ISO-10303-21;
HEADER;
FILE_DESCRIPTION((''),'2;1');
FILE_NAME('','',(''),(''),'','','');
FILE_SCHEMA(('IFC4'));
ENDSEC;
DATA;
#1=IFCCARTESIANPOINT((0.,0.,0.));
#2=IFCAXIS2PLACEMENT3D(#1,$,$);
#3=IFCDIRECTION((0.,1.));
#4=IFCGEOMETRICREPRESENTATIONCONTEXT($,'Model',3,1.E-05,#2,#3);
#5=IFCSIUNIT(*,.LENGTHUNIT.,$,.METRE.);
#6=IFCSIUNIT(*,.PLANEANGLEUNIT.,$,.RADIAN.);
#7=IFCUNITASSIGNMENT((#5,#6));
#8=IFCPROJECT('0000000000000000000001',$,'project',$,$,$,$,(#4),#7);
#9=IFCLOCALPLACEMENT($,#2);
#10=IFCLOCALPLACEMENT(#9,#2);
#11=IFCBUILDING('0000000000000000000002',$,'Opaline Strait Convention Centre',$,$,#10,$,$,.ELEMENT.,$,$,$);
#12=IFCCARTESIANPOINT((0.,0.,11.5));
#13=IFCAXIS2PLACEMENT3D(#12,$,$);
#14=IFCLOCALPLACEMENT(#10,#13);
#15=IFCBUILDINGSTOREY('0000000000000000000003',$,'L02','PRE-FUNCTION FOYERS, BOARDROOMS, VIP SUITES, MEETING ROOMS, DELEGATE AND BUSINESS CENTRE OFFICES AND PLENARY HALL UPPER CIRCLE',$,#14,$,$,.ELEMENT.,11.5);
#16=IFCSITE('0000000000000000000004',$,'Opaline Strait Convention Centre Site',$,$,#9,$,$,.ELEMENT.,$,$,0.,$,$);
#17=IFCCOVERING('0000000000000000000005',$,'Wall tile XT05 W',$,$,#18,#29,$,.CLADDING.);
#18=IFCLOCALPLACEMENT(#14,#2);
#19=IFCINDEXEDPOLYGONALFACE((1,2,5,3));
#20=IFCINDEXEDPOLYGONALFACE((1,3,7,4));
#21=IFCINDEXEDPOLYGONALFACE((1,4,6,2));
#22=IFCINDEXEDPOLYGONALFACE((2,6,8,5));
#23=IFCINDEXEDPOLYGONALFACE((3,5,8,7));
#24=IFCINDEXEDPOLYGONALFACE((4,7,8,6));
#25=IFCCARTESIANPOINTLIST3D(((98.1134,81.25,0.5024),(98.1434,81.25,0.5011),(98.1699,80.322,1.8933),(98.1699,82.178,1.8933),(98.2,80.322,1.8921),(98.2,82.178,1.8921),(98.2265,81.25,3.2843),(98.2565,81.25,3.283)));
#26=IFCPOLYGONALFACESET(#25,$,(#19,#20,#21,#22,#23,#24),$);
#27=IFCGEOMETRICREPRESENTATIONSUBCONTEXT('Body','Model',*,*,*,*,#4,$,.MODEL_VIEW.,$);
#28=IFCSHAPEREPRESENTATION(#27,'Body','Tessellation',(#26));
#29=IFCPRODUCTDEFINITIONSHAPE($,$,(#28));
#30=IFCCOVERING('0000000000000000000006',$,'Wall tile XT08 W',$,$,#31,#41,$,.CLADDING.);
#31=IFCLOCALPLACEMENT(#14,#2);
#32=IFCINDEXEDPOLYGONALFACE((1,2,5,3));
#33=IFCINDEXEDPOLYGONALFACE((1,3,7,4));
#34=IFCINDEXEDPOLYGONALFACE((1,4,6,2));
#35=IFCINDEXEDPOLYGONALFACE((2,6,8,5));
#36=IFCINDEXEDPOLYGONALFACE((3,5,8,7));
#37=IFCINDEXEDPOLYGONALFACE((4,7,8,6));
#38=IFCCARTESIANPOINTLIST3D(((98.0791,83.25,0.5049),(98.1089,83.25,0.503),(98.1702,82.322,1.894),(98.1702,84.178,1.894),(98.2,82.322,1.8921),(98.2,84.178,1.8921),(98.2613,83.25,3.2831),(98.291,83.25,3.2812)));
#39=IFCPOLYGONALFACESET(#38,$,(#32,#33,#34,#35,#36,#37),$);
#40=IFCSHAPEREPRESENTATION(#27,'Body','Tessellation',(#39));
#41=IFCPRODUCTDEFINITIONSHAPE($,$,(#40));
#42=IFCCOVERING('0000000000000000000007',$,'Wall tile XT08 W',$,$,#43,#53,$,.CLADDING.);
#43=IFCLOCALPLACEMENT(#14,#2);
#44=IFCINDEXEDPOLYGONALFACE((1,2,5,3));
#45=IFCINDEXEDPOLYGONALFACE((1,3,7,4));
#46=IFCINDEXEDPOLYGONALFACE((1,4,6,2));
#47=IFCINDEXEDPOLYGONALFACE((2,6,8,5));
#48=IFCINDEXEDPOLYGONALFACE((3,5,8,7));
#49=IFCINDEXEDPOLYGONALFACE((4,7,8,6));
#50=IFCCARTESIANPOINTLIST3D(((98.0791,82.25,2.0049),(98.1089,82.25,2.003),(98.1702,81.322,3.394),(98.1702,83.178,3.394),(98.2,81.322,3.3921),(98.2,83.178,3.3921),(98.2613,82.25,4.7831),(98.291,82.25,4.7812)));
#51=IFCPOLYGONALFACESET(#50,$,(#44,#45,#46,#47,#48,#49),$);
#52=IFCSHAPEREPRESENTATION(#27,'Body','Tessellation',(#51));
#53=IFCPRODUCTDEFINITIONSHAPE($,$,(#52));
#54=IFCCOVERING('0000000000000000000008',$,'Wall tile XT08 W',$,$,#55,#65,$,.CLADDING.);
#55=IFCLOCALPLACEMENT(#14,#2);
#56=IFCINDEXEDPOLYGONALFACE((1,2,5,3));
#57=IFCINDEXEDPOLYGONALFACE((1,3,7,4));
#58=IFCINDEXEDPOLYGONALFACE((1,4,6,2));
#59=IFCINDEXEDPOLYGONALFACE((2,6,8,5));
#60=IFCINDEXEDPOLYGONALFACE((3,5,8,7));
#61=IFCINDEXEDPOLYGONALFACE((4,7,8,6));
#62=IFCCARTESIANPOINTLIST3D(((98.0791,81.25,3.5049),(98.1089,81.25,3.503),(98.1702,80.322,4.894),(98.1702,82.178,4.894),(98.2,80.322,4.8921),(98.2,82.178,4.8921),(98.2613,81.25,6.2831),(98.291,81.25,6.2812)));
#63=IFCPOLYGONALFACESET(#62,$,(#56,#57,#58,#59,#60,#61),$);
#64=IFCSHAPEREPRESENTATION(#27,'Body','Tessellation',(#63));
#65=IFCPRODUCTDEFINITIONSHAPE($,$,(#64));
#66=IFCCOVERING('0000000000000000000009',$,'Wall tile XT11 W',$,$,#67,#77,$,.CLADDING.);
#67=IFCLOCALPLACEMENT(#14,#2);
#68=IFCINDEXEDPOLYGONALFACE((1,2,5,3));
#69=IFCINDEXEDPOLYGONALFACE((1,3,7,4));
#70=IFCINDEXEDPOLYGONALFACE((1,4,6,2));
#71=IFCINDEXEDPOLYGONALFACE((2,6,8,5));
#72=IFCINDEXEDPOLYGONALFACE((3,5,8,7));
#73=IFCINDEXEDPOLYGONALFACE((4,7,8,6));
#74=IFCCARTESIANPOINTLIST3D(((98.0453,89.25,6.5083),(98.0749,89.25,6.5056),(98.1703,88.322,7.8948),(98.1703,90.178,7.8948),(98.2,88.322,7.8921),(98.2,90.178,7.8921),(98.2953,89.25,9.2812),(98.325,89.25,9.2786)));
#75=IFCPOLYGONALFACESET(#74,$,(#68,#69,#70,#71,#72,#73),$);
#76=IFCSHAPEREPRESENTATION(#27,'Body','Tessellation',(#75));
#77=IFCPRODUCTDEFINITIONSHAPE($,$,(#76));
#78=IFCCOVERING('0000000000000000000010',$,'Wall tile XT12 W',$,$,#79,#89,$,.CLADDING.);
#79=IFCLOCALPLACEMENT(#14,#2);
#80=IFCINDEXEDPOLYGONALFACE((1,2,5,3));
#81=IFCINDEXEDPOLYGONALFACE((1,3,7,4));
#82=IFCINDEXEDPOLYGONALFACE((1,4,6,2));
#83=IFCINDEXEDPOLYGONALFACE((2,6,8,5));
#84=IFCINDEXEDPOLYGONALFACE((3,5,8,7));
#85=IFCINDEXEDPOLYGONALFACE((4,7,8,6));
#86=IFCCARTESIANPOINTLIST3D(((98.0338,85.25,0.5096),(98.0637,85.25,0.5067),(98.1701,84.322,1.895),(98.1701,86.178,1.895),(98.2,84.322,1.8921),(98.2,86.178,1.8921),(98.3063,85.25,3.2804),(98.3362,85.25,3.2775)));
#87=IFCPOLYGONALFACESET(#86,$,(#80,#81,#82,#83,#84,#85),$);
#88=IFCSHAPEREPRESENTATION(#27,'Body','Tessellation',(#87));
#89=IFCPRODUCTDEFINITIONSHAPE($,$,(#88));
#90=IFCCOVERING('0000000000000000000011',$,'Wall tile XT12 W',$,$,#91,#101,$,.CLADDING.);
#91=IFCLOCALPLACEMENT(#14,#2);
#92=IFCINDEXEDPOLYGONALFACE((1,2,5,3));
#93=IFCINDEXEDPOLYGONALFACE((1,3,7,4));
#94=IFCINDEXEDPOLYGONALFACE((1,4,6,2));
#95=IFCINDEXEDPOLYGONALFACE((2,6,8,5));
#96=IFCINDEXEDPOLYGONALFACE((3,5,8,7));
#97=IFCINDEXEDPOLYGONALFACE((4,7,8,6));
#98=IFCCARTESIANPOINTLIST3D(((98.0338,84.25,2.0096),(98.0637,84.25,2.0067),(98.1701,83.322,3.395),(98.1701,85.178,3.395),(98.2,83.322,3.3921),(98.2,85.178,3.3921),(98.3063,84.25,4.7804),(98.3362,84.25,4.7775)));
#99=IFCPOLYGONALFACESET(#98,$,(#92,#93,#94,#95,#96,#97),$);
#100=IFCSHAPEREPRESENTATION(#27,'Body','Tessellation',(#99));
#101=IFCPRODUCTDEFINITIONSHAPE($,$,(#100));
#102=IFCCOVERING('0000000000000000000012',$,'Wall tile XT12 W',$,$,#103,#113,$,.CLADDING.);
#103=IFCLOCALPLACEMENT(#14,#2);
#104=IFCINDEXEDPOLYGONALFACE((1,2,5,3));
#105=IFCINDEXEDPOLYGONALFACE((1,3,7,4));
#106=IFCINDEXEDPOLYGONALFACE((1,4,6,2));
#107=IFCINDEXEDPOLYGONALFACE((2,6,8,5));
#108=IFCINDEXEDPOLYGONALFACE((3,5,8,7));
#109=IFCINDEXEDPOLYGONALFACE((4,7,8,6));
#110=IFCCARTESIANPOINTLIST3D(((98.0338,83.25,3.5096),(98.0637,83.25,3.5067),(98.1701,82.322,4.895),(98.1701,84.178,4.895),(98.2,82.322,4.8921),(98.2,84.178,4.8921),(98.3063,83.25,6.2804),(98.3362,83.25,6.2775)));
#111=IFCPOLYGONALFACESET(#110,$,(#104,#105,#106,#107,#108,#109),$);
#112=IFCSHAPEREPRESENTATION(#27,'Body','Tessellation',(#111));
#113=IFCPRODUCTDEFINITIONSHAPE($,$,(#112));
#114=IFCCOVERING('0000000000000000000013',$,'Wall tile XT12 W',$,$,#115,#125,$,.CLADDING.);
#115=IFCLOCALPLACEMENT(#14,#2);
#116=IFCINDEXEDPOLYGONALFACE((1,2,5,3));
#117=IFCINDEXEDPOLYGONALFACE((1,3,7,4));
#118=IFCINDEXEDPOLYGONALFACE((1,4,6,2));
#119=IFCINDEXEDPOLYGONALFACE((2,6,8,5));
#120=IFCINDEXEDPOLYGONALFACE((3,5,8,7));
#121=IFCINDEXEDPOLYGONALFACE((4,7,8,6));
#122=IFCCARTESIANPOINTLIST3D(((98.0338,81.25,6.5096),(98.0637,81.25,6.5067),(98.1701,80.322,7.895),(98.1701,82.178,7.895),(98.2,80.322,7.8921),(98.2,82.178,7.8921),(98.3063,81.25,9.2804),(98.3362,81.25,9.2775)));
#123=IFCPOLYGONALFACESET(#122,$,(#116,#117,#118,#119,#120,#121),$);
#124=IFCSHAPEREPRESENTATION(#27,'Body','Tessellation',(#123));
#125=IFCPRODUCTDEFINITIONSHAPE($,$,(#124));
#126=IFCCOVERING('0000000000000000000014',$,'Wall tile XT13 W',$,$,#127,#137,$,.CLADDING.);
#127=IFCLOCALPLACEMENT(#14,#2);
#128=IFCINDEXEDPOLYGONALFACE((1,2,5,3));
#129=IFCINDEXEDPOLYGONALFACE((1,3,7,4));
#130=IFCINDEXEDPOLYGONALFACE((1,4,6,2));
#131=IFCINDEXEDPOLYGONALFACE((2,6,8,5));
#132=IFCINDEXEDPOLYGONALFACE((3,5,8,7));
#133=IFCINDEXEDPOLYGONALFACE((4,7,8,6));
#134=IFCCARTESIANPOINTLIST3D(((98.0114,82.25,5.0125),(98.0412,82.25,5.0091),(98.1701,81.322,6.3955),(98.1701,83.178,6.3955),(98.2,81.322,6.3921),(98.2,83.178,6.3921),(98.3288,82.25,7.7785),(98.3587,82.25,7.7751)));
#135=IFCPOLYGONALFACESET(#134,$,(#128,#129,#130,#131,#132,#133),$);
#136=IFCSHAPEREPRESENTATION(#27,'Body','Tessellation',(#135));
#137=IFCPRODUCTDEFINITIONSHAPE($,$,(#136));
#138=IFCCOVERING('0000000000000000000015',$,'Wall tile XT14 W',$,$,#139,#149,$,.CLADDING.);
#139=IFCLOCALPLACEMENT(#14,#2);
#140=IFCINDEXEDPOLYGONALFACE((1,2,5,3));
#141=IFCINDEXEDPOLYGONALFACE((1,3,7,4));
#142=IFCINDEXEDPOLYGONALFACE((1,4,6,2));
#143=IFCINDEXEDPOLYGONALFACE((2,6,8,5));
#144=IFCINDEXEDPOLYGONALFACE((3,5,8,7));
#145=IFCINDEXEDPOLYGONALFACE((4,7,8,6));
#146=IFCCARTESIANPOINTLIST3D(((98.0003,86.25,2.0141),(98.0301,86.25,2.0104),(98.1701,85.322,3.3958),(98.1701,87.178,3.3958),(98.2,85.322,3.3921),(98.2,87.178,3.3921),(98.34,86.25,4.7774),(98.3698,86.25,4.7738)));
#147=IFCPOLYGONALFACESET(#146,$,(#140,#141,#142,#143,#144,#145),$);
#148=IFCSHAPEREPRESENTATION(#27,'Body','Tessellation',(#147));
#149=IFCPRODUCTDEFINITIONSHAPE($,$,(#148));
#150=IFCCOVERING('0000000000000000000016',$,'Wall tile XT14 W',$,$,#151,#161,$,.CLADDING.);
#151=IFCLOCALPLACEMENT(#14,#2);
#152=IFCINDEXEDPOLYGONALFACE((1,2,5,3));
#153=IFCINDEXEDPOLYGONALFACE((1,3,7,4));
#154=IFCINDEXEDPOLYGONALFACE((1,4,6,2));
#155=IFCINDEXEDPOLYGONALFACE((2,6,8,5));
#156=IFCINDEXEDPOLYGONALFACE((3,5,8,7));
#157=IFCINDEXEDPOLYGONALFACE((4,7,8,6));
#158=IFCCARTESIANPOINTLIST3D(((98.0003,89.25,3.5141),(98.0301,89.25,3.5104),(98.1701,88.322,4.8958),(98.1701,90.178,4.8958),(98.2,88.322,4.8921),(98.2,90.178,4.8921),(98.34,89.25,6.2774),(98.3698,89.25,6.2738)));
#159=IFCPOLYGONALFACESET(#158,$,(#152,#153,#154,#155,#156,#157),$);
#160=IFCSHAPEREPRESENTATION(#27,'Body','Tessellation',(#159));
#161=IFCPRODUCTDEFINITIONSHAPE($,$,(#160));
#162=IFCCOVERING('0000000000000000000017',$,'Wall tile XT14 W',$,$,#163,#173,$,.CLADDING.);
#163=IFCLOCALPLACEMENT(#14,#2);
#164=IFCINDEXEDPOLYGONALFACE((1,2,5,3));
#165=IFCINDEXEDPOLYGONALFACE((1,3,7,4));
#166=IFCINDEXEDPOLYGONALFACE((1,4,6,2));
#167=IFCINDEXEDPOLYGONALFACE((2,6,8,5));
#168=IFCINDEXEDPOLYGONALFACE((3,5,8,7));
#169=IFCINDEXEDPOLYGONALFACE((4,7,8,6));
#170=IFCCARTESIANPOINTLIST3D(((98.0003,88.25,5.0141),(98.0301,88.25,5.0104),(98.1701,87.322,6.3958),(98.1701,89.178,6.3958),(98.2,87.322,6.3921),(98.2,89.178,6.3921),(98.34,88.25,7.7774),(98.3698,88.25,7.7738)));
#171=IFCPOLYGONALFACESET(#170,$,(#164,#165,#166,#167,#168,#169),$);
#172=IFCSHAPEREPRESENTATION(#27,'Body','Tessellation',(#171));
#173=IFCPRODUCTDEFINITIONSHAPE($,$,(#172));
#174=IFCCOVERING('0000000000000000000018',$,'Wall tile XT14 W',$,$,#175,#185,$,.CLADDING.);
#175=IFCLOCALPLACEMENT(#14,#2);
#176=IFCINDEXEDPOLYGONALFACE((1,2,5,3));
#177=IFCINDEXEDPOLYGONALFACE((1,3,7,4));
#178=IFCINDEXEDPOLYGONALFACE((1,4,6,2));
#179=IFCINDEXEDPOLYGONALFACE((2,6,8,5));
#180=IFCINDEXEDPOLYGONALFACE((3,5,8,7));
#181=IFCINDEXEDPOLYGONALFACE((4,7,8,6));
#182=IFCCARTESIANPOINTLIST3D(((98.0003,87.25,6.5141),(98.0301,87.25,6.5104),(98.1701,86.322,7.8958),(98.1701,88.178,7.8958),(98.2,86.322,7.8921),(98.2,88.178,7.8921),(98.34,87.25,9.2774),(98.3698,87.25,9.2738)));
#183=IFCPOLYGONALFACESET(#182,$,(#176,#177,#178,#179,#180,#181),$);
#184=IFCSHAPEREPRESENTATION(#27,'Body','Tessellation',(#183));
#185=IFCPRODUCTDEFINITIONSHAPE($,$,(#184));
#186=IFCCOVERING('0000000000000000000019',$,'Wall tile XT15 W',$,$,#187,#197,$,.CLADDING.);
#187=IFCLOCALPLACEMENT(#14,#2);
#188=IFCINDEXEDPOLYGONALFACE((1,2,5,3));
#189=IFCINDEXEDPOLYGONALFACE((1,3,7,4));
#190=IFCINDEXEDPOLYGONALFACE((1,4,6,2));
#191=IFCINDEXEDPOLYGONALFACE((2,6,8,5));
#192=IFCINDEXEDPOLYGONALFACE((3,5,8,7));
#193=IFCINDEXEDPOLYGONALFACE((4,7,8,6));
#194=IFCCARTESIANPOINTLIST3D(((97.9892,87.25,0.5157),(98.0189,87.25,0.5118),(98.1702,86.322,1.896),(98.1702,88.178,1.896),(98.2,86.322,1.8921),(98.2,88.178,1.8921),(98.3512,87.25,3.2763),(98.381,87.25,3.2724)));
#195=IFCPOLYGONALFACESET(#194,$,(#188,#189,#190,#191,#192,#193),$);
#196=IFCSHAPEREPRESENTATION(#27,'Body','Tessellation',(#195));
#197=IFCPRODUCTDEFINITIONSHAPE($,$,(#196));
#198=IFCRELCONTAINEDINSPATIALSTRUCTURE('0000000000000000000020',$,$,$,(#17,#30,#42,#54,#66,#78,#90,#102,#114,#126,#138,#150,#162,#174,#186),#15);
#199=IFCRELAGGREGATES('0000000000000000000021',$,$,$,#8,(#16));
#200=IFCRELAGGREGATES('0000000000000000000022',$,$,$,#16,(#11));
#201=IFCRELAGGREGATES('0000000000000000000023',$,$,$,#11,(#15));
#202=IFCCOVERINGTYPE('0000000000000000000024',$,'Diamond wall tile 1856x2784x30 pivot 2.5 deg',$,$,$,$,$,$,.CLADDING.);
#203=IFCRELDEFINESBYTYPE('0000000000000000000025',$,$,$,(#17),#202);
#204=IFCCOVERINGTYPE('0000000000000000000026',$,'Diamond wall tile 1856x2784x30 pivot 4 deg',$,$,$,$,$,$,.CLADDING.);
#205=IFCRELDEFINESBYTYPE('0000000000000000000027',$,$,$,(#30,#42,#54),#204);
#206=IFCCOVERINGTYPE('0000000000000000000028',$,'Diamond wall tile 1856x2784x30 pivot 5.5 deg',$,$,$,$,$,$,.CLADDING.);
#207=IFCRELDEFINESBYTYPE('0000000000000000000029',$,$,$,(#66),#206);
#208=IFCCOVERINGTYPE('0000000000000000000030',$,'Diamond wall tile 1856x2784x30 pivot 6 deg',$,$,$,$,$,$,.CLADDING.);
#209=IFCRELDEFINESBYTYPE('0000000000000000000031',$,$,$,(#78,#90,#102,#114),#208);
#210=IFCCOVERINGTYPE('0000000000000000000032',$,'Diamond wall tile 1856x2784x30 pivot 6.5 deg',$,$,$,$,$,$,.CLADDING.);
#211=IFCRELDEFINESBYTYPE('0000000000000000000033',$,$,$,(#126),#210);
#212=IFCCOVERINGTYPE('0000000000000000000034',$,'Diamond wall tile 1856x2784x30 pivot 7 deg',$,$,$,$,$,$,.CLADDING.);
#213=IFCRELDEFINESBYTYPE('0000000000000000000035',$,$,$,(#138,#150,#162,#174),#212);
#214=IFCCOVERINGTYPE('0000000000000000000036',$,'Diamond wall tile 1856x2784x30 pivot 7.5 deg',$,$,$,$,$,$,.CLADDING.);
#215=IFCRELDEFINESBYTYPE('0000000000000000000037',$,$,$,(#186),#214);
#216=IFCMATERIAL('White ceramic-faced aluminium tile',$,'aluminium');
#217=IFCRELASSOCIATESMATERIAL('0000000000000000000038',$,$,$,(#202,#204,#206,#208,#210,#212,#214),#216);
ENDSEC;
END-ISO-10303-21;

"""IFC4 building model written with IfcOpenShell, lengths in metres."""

from ifc_helpers import new_model, si_unit, direction, frame, origin, place, context, subcontext, project, spatial, polyline, outline, extrude, material, material_profile, profile_set, type_object, element, save


model = new_model("IFC4")

# Units and contexts
model_context = context("Model", 3, precision=1e-05, world=origin(), true_north=direction((0.0, 1.0)))
body_context = subcontext(model_context, "Body", "Model", "MODEL_VIEW")
ifc_project = project(units=[si_unit("LENGTHUNIT", "METRE"), si_unit("PLANEANGLEUNIT", "RADIAN")], contexts=[model_context])

# Site, building, storey
site_placement = place(None, origin())
site = spatial("IfcSite", under=ifc_project, at=site_placement, Name="Opaline Strait Convention Centre Site", CompositionType="ELEMENT", RefElevation=0.0)
building_placement = place(site_placement, origin())
building = spatial("IfcBuilding", under=site, at=building_placement, Name="Opaline Strait Convention Centre", CompositionType="ELEMENT")
storey_placement = place(building_placement, frame((0.0, 0.0, 11.5)))
storey = spatial("IfcBuildingStorey", under=building, at=storey_placement, Name="L02", Description="PRE-FUNCTION FOYERS, BOARDROOMS, VIP SUITES, MEETING ROOMS, DELEGATE AND BUSINESS CENTRE OFFICES AND PLENARY HALL UPPER CIRCLE", CompositionType="ELEMENT", Elevation=11.5)

# Coverings
ifc_material = material(Name="White ceramic-faced aluminium tile", Category="aluminium")
ifc_material_profile_1 = material_profile(ifc_material, outline(polyline([(0.928, 0.0), (0.0, 1.3921), (-0.928, 0.0), (0.0, -1.3921), (0.928, 0.0)])), Name="Diamond tile 1856x2784")
ifc_profile_set_1 = profile_set([ifc_material_profile_1], Name="White ceramic-faced aluminium tile")
covering_type_1 = type_object("IfcCoveringType", Name="Diamond wall tile 1856x2784x30 pivot 2.5 deg", PredefinedType="CLADDING", material=ifc_profile_set_1)
covering_1_placement = place(storey_placement, frame((98.2, 81.25, 1.8921), z_axis=(-0.999175, 0.0, 0.040617), x_axis=(0.0, -1.0, 0.0)))
element("IfcCovering", 1, at=covering_1_placement, inside=storey, type_object=covering_type_1, Name="Wall tile XT05 W", PredefinedType="CLADDING", context=body_context, shape_type="SweptSolid", body=[
    extrude(outline(polyline([(0.928, 0.0), (0.0, 1.3921), (-0.928, 0.0), (0.0, -1.3921), (0.928, 0.0)])), origin(), (0.0, 0.0, 1.0), 0.03),
])
ifc_material_profile_2 = material_profile(ifc_material, outline(polyline([(0.928, 0.0), (0.0, 1.3921), (-0.928, 0.0), (0.0, -1.3921), (0.928, 0.0)])), Name="Diamond tile 1856x2784")
ifc_profile_set_2 = profile_set([ifc_material_profile_2], Name="White ceramic-faced aluminium tile")
covering_type_2 = type_object("IfcCoveringType", Name="Diamond wall tile 1856x2784x30 pivot 4 deg", PredefinedType="CLADDING", material=ifc_profile_set_2)
for number, where, z_axis, x_axis, name in (
    (2, (98.2, 83.25, 1.8921), (-0.997857, 0.0, 0.065433), (0.0, -1.0, 0.0), "Wall tile XT08 W"),
    (3, (98.2, 82.25, 3.3921), (-0.997857, 0.0, 0.065433), (0.0, -1.0, 0.0), "Wall tile XT08 W"),
    (4, (98.2, 81.25, 4.8921), (-0.997857, 0.0, 0.065433), (0.0, -1.0, 0.0), "Wall tile XT08 W"),
):
    element("IfcCovering", number, at=place(storey_placement, frame(where, z_axis=z_axis, x_axis=x_axis)), inside=storey, type_object=covering_type_2, Name=name, PredefinedType="CLADDING", context=body_context, shape_type="SweptSolid", body=[
        extrude(outline(polyline([(0.928, 0.0), (0.0, 1.3921), (-0.928, 0.0), (0.0, -1.3921), (0.928, 0.0)])), origin(), (0.0, 0.0, 1.0), 0.0298),
    ])
ifc_material_profile_3 = material_profile(ifc_material, outline(polyline([(0.928, 0.0), (0.0, 1.3921), (-0.928, 0.0), (0.0, -1.3921), (0.928, 0.0)])), Name="Diamond tile 1856x2784")
ifc_profile_set_3 = profile_set([ifc_material_profile_3], Name="White ceramic-faced aluminium tile")
covering_type_3 = type_object("IfcCoveringType", Name="Diamond wall tile 1856x2784x30 pivot 5.5 deg", PredefinedType="CLADDING", material=ifc_profile_set_3)
covering_2_placement = place(storey_placement, frame((98.2, 89.25, 7.8921), z_axis=(-0.99596, 0.0, 0.0898), x_axis=(0.0, -1.0, 0.0)))
element("IfcCovering", 5, at=covering_2_placement, inside=storey, type_object=covering_type_3, Name="Wall tile XT11 W", PredefinedType="CLADDING", context=body_context, shape_type="SweptSolid", body=[
    extrude(outline(polyline([(0.928, 0.0), (0.0, 1.3921), (-0.928, 0.0), (0.0, -1.3921), (0.928, 0.0)])), origin(), (0.0, 0.0, 1.0), 0.0298),
])
ifc_material_profile_4 = material_profile(ifc_material, outline(polyline([(0.928, 0.0), (0.0, 1.3921), (-0.928, 0.0), (0.0, -1.3921), (0.928, 0.0)])), Name="Diamond tile 1856x2784")
ifc_profile_set_4 = profile_set([ifc_material_profile_4], Name="White ceramic-faced aluminium tile")
covering_type_4 = type_object("IfcCoveringType", Name="Diamond wall tile 1856x2784x30 pivot 6 deg", PredefinedType="CLADDING", material=ifc_profile_set_4)
for number, where, z_axis, x_axis, name in (
    (6, (98.2, 85.25, 1.8921), (-0.995197, 0.0, 0.097888), (0.0, -1.0, 0.0), "Wall tile XT12 W"),
    (7, (98.2, 84.25, 3.3921), (-0.995197, 0.0, 0.097888), (0.0, -1.0, 0.0), "Wall tile XT12 W"),
    (8, (98.2, 83.25, 4.8921), (-0.995197, 0.0, 0.097888), (0.0, -1.0, 0.0), "Wall tile XT12 W"),
    (9, (98.2, 81.25, 7.8921), (-0.995197, 0.0, 0.097888), (0.0, -1.0, 0.0), "Wall tile XT12 W"),
):
    element("IfcCovering", number, at=place(storey_placement, frame(where, z_axis=z_axis, x_axis=x_axis)), inside=storey, type_object=covering_type_4, Name=name, PredefinedType="CLADDING", context=body_context, shape_type="SweptSolid", body=[
        extrude(outline(polyline([(0.928, 0.0), (0.0, 1.3921), (-0.928, 0.0), (0.0, -1.3921), (0.928, 0.0)])), origin(), (0.0, 0.0, 1.0), 0.03),
    ])
ifc_material_profile_5 = material_profile(ifc_material, outline(polyline([(0.928, 0.0), (0.0, 1.3921), (-0.928, 0.0), (0.0, -1.3921), (0.928, 0.0)])), Name="Diamond tile 1856x2784")
ifc_profile_set_5 = profile_set([ifc_material_profile_5], Name="White ceramic-faced aluminium tile")
covering_type_5 = type_object("IfcCoveringType", Name="Diamond wall tile 1856x2784x30 pivot 6.5 deg", PredefinedType="CLADDING", material=ifc_profile_set_5)
covering_3_placement = place(storey_placement, frame((98.2, 82.25, 6.3921), z_axis=(-0.99348, 0.0, 0.114006), x_axis=(0.0, -1.0, 0.0)))
element("IfcCovering", 10, at=covering_3_placement, inside=storey, type_object=covering_type_5, Name="Wall tile XT13 W", PredefinedType="CLADDING", context=body_context, shape_type="SweptSolid", body=[
    extrude(outline(polyline([(0.928, 0.0), (0.0, 1.3921), (-0.928, 0.0), (0.0, -1.3921), (0.928, 0.0)])), origin(), (0.0, 0.0, 1.0), 0.03),
])
ifc_material_profile_6 = material_profile(ifc_material, outline(polyline([(0.928, 0.0), (0.0, 1.3921), (-0.928, 0.0), (0.0, -1.3921), (0.928, 0.0)])), Name="Diamond tile 1856x2784")
ifc_profile_set_6 = profile_set([ifc_material_profile_6], Name="White ceramic-faced aluminium tile")
covering_type_6 = type_object("IfcCoveringType", Name="Diamond wall tile 1856x2784x30 pivot 7 deg", PredefinedType="CLADDING", material=ifc_profile_set_6)
for number, where, z_axis, x_axis, name in (
    (11, (98.2, 86.25, 3.3921), (-0.992526, 0.0, 0.122032), (0.0, -1.0, 0.0), "Wall tile XT14 W"),
    (12, (98.2, 89.25, 4.8921), (-0.992526, 0.0, 0.122032), (0.0, -1.0, 0.0), "Wall tile XT14 W"),
    (13, (98.2, 88.25, 6.3921), (-0.992526, 0.0, 0.122032), (0.0, -1.0, 0.0), "Wall tile XT14 W"),
    (14, (98.2, 87.25, 7.8921), (-0.992526, 0.0, 0.122032), (0.0, -1.0, 0.0), "Wall tile XT14 W"),
):
    element("IfcCovering", number, at=place(storey_placement, frame(where, z_axis=z_axis, x_axis=x_axis)), inside=storey, type_object=covering_type_6, Name=name, PredefinedType="CLADDING", context=body_context, shape_type="SweptSolid", body=[
        extrude(outline(polyline([(0.928, 0.0), (0.0, 1.3921), (-0.928, 0.0), (0.0, -1.3921), (0.928, 0.0)])), origin(), (0.0, 0.0, 1.0), 0.03),
    ])
ifc_material_profile_7 = material_profile(ifc_material, outline(polyline([(0.928, 0.0), (0.0, 1.3921), (-0.928, 0.0), (0.0, -1.3921), (0.928, 0.0)])), Name="Diamond tile 1856x2784")
ifc_profile_set_7 = profile_set([ifc_material_profile_7], Name="White ceramic-faced aluminium tile")
covering_type_7 = type_object("IfcCoveringType", Name="Diamond wall tile 1856x2784x30 pivot 7.5 deg", PredefinedType="CLADDING", material=ifc_profile_set_7)
for number, where, z_axis, x_axis, name in (
    (15, (98.2, 87.25, 1.8921), (-0.99151, 0.0, 0.130034), (0.0, -1.0, 0.0), "Wall tile XT15 W"),
):
    element("IfcCovering", number, at=place(storey_placement, frame(where, z_axis=z_axis, x_axis=x_axis)), inside=storey, type_object=covering_type_7, Name=name, PredefinedType="CLADDING", context=body_context, shape_type="SweptSolid", body=[
        extrude(outline(polyline([(0.928, 0.0), (0.0, 1.3921), (-0.928, 0.0), (0.0, -1.3921), (0.928, 0.0)])), origin(), (0.0, 0.0, 1.0), 0.03),
    ])

save(model, "model.ifc")
